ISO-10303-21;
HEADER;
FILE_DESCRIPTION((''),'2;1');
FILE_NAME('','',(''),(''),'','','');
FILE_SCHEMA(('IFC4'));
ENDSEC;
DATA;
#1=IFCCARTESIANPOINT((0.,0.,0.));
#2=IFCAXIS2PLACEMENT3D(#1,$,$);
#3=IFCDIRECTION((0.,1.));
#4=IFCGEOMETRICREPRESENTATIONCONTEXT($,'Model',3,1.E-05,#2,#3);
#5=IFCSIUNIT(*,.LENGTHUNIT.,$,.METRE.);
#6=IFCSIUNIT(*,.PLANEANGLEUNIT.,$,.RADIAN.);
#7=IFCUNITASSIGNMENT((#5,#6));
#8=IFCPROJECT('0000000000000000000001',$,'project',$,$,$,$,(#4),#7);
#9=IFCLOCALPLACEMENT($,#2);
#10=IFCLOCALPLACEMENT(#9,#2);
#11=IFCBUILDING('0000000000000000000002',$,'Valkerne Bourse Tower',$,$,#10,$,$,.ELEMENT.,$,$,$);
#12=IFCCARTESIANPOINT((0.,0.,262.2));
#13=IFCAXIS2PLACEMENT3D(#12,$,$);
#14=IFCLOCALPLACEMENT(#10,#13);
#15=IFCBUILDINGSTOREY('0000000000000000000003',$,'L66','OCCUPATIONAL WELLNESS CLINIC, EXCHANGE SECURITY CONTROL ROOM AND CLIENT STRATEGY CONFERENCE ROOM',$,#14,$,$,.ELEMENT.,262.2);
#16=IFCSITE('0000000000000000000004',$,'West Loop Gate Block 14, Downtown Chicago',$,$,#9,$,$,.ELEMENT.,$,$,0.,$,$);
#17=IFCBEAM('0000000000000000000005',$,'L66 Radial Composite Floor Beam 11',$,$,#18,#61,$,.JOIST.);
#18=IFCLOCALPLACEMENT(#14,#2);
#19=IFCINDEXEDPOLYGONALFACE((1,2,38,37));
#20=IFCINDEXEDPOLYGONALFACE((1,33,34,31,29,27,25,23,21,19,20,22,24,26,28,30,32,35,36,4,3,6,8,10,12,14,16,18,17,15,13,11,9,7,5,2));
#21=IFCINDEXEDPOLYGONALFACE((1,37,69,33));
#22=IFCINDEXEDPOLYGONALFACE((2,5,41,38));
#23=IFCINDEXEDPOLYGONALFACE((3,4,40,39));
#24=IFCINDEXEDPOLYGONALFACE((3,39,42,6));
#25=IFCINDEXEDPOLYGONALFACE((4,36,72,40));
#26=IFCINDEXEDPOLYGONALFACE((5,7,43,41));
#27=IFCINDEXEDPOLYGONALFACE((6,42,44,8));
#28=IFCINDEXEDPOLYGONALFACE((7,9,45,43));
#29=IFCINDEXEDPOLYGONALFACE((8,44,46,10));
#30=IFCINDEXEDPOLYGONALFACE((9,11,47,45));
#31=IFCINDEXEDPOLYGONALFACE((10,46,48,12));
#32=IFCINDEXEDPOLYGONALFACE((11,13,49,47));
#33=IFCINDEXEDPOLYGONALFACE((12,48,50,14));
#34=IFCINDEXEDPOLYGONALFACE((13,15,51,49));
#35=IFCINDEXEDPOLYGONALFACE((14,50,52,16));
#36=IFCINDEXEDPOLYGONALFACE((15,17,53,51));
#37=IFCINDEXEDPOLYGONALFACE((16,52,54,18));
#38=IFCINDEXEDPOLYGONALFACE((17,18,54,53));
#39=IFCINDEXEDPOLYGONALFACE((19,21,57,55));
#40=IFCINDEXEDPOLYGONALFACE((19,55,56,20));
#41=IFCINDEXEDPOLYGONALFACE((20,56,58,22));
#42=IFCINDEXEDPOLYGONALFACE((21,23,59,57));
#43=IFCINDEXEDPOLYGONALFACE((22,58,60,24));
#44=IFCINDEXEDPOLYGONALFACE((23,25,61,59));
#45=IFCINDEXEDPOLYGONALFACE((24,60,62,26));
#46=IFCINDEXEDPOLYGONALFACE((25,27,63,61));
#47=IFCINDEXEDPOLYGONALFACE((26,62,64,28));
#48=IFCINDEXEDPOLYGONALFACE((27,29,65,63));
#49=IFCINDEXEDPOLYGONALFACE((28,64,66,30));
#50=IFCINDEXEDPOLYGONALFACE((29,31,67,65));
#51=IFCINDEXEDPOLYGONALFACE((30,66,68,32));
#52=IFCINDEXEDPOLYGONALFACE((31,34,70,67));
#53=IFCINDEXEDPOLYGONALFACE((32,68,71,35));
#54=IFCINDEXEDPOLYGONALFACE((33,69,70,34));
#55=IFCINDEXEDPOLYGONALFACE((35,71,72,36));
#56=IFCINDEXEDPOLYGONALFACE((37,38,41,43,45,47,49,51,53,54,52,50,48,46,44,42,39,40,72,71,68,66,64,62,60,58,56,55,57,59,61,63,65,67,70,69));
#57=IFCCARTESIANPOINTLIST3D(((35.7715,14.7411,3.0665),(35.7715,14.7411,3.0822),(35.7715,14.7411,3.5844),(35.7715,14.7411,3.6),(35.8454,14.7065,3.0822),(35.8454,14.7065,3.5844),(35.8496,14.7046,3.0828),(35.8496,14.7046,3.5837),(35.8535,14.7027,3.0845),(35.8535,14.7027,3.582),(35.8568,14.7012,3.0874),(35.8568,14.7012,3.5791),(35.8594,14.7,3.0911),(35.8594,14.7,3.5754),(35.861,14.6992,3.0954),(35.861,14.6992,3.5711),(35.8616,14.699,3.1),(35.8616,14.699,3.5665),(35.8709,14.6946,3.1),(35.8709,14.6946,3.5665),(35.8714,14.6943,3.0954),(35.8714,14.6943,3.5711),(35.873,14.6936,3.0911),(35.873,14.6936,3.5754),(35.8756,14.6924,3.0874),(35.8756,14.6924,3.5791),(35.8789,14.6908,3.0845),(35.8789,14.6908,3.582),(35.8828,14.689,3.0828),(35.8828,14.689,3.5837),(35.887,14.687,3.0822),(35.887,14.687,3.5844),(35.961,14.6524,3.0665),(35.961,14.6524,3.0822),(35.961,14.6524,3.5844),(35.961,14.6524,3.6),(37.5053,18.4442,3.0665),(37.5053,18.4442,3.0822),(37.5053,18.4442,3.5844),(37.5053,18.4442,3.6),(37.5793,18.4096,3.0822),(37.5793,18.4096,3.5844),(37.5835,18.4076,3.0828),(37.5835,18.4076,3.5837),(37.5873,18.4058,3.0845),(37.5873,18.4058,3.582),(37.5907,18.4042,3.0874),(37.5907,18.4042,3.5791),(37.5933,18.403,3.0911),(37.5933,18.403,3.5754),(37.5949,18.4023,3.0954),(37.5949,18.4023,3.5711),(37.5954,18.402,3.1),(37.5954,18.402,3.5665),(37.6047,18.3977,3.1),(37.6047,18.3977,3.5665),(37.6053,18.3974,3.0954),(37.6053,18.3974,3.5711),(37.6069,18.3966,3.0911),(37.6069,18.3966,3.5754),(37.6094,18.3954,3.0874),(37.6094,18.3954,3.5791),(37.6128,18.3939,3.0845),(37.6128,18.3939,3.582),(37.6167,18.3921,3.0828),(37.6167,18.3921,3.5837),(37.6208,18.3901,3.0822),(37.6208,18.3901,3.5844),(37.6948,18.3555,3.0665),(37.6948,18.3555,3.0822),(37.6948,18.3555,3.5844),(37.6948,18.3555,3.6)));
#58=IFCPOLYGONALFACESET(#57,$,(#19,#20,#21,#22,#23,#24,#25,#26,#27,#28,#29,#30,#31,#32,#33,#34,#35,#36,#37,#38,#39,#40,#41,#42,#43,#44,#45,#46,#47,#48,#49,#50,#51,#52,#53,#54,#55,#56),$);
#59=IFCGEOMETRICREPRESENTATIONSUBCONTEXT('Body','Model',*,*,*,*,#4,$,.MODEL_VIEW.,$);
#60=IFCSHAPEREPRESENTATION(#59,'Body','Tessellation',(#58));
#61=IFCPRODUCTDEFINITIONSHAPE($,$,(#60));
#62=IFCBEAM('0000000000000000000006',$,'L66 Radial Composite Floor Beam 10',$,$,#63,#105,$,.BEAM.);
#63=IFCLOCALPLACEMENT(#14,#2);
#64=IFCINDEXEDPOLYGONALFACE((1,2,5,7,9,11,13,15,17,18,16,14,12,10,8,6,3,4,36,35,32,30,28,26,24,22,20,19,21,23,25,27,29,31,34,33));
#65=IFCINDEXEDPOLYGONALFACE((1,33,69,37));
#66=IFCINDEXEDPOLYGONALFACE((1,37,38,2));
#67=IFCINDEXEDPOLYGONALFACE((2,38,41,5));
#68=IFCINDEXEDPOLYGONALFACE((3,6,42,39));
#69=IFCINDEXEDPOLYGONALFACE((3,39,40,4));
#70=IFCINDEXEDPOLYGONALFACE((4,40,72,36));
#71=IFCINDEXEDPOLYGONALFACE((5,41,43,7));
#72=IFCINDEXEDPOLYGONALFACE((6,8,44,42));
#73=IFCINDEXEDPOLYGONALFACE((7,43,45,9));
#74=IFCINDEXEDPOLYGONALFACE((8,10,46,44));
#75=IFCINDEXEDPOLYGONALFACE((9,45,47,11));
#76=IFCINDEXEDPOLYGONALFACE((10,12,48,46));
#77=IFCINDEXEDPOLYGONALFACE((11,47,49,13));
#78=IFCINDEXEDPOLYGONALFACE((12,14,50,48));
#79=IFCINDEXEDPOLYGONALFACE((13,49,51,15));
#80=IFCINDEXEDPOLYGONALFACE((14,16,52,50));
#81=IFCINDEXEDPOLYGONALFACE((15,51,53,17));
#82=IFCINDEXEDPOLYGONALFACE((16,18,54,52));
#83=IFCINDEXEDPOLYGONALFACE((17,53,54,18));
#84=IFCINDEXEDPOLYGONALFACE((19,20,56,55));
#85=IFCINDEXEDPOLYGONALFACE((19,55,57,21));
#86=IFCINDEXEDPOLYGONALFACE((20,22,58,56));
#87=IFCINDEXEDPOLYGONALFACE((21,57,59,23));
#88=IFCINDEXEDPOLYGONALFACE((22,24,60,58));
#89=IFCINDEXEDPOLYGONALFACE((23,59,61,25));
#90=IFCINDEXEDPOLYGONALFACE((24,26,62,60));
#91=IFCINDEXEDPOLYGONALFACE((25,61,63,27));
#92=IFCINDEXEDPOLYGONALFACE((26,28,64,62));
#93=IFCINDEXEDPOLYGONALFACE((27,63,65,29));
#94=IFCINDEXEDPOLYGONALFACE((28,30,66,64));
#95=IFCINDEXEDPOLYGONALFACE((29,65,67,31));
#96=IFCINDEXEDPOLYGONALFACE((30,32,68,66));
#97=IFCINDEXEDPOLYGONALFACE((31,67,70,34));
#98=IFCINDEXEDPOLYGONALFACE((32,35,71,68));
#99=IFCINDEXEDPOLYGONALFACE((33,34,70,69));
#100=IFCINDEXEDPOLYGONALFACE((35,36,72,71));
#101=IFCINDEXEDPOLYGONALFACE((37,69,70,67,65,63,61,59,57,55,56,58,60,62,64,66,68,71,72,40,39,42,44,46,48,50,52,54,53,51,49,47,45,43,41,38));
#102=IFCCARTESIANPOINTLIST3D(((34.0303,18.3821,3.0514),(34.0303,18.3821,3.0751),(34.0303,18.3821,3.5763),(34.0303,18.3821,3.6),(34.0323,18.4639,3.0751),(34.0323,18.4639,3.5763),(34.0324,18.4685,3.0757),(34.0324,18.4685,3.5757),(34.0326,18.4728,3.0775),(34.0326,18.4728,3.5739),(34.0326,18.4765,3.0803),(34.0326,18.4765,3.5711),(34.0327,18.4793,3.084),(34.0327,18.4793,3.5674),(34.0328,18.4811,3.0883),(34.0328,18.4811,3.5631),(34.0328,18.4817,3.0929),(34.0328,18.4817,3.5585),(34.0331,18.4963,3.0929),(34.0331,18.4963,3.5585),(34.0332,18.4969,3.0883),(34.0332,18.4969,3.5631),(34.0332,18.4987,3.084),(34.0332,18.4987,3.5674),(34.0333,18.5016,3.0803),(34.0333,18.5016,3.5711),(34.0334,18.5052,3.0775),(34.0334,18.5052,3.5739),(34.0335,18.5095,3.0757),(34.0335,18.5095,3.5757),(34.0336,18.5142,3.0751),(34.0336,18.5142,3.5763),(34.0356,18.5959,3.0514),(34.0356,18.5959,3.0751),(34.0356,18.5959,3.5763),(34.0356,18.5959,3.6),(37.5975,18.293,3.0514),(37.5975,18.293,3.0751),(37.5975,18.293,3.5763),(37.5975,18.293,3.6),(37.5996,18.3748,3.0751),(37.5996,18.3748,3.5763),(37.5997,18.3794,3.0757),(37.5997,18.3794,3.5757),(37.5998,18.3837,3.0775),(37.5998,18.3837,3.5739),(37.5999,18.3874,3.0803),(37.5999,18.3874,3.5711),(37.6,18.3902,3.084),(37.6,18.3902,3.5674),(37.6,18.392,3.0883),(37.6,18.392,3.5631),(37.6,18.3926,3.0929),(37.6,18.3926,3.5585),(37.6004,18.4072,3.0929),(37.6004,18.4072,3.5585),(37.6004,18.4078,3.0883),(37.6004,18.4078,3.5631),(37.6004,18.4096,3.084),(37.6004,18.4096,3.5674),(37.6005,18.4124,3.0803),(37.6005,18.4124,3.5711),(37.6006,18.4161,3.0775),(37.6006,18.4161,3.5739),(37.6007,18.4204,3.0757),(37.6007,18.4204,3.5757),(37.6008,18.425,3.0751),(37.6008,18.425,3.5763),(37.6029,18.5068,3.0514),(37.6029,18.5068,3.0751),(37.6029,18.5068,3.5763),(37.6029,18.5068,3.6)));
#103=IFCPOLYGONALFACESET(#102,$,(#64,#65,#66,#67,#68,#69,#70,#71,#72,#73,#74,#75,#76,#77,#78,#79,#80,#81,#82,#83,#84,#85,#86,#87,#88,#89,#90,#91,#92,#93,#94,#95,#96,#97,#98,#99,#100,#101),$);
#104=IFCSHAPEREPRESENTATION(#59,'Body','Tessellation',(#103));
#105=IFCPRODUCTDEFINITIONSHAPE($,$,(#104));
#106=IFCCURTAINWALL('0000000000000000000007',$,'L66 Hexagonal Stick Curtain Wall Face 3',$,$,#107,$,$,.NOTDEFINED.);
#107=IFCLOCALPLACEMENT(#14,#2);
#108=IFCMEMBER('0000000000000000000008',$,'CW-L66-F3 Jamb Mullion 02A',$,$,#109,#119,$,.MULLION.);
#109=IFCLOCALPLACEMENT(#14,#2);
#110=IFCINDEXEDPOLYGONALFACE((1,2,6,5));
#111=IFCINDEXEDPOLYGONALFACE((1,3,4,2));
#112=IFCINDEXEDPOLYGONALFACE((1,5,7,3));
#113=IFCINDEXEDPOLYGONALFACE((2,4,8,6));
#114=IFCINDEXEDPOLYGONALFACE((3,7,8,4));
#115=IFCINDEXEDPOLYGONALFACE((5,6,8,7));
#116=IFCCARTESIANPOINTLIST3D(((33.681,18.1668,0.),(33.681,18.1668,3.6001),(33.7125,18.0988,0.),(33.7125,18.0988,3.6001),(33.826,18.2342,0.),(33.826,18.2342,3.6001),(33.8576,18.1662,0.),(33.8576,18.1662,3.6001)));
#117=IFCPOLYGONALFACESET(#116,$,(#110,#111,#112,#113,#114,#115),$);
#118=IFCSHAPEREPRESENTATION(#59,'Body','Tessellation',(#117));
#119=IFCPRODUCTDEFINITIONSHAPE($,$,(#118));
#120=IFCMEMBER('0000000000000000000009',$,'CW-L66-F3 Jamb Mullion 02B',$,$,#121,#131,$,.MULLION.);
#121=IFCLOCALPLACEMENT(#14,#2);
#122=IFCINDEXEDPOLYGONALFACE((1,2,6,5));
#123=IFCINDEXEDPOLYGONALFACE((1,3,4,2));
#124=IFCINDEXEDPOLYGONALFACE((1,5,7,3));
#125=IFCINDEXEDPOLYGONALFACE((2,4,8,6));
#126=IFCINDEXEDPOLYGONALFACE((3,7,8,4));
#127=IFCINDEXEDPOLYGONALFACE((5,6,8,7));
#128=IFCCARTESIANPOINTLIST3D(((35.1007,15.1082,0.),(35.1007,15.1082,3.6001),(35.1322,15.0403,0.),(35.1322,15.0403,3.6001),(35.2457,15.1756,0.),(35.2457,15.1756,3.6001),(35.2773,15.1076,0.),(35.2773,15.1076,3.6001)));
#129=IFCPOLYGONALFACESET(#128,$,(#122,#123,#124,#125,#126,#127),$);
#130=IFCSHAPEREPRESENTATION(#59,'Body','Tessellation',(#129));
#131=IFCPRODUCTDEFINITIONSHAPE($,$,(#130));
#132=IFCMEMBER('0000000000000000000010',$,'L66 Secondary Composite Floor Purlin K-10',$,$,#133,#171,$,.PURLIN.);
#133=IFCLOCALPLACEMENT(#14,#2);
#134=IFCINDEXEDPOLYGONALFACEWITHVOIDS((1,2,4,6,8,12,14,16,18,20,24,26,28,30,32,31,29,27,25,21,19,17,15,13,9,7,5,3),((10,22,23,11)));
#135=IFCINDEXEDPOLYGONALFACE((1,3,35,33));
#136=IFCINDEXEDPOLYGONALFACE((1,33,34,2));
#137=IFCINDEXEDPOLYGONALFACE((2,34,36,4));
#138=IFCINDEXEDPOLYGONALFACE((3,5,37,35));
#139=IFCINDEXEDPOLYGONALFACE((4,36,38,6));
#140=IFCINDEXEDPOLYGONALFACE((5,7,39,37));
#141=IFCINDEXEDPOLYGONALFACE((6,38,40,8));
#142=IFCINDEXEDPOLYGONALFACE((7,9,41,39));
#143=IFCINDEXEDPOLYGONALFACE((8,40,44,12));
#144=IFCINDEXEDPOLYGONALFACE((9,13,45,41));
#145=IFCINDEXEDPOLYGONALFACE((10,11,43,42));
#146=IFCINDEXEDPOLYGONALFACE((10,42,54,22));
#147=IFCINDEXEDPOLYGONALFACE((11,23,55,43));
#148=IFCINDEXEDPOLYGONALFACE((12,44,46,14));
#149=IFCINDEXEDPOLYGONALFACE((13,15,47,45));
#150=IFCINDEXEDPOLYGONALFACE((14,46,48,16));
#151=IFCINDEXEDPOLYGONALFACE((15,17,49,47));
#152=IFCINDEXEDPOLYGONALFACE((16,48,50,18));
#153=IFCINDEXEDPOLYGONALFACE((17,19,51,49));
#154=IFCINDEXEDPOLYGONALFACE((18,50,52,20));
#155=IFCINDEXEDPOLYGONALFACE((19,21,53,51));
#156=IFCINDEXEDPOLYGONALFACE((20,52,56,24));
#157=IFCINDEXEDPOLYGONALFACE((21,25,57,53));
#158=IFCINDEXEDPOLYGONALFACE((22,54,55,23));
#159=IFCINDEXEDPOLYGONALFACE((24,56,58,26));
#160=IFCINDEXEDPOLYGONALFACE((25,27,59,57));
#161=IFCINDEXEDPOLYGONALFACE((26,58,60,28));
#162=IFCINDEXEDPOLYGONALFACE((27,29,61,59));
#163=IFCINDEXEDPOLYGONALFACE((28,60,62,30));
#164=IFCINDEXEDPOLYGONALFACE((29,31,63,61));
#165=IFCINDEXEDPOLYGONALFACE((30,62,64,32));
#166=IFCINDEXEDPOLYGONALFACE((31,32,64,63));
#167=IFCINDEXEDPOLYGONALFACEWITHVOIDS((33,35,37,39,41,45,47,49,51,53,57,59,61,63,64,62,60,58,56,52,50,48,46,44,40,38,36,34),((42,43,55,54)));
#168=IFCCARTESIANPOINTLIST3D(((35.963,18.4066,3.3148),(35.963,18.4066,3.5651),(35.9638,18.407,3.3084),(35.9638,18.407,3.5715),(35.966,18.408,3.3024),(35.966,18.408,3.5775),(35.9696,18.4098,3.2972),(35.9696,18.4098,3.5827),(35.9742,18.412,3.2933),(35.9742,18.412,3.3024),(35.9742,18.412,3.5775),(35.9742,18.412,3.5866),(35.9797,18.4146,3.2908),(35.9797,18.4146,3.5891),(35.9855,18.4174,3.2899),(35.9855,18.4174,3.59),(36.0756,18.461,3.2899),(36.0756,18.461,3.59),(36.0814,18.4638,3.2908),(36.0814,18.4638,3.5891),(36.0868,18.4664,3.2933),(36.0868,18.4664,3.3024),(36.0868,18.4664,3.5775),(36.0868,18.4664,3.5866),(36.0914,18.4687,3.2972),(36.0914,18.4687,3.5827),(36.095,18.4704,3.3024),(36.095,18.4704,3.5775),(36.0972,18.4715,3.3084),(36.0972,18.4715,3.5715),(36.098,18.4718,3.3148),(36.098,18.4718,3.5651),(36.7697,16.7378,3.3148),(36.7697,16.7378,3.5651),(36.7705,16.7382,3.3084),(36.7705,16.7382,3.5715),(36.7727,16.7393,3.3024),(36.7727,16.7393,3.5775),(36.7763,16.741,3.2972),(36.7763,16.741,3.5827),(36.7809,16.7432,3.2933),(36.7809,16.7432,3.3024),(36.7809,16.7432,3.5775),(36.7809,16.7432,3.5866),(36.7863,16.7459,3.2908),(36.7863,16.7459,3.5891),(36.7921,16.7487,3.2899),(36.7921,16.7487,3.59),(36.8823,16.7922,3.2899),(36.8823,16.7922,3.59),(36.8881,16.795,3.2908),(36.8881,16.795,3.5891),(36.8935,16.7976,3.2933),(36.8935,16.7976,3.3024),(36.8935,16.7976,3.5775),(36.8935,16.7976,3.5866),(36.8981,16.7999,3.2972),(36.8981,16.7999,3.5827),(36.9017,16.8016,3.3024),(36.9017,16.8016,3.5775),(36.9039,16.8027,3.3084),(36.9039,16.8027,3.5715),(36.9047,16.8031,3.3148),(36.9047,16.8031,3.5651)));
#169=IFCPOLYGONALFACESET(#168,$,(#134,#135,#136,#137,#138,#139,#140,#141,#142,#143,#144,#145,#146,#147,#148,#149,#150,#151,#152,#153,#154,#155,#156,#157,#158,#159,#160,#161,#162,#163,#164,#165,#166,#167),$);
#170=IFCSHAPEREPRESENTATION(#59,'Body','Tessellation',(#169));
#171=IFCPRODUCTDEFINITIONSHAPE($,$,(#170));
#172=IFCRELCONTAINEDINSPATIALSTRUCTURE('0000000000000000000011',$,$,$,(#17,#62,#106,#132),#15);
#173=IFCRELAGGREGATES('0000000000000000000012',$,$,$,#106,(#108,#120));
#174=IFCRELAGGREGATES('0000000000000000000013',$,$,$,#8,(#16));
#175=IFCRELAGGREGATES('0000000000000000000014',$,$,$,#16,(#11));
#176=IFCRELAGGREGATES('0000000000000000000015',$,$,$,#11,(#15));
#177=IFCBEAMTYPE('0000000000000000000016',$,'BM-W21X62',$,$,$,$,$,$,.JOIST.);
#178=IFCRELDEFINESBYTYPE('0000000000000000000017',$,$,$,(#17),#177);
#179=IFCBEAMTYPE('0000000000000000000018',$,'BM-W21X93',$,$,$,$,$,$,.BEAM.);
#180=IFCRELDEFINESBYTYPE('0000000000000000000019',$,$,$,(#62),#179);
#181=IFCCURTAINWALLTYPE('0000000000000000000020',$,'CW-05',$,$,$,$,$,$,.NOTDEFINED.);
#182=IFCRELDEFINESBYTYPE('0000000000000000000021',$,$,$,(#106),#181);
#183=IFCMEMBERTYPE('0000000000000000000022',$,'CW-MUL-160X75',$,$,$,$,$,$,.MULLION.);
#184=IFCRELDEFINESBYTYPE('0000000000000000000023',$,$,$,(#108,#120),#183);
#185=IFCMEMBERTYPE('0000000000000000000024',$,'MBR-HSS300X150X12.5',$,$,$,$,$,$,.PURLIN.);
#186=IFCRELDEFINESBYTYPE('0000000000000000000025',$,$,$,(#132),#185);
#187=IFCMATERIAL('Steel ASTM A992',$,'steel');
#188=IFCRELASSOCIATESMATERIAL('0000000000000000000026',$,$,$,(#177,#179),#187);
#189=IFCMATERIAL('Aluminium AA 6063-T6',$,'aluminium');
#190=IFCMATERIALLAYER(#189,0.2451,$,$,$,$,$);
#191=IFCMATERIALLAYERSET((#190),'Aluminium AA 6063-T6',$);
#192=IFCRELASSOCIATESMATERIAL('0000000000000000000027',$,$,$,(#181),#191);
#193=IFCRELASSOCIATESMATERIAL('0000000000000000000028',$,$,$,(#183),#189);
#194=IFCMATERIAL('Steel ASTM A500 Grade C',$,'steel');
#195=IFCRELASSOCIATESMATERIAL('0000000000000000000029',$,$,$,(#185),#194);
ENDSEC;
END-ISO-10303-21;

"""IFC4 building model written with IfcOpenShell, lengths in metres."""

from ifc_helpers import new_model, si_unit, direction, frame, origin, origin_2d, place, context, subcontext, project, spatial, rectangle, hollow_rectangle, i_section, extrude, material, layer, layer_set, material_profile, profile_set, type_object, element, aggregate, save


model = new_model("IFC4")

# Units and contexts
model_context = context("Model", 3, precision=1e-05, world=origin(), true_north=direction((0.0, 1.0)))
body_context = subcontext(model_context, "Body", "Model", "MODEL_VIEW")
ifc_project = project(units=[si_unit("LENGTHUNIT", "METRE"), si_unit("PLANEANGLEUNIT", "RADIAN")], contexts=[model_context])

# Site, building, storey
site_placement = place(None, origin())
site = spatial("IfcSite", under=ifc_project, at=site_placement, Name="West Loop Gate Block 14, Downtown Chicago", CompositionType="ELEMENT", RefElevation=0.0)
building_placement = place(site_placement, origin())
building = spatial("IfcBuilding", under=site, at=building_placement, Name="Valkerne Bourse Tower", CompositionType="ELEMENT")
storey_placement = place(building_placement, frame((0.0, 0.0, 262.2)))
storey = spatial("IfcBuildingStorey", under=building, at=storey_placement, Name="L66", Description="OCCUPATIONAL WELLNESS CLINIC, EXCHANGE SECURITY CONTROL ROOM AND CLIENT STRATEGY CONFERENCE ROOM", CompositionType="ELEMENT", Elevation=262.2)

# Beams
ifc_material_1 = material(Name="Steel ASTM A992", Category="steel")
ifc_material_profile_1 = material_profile(ifc_material_1, i_section(OverallWidth=0.2092, OverallDepth=0.5334, WebThickness=0.0103, FlangeThickness=0.0156, FilletRadius=0.0178, at=origin_2d()), Name="W21X62")
ifc_profile_set_1 = profile_set([ifc_material_profile_1], Name="Steel ASTM A992")
beam_type_1 = type_object("IfcBeamType", Name="BM-W21X62", PredefinedType="JOIST", material=ifc_profile_set_1)
beam_1_placement = place(storey_placement, frame((35.8662, 14.6968, 3.3333), z_axis=(0.424042, 0.905642, 0.0), x_axis=(-0.905642, 0.424042, 0.0)))
element("IfcBeam", 1, at=beam_1_placement, inside=storey, type_object=beam_type_1, Name="L66 Radial Composite Floor Beam 11", PredefinedType="JOIST", context=body_context, shape_type="SweptSolid", body=[
    extrude(i_section(OverallWidth=0.2092, OverallDepth=0.5334, WebThickness=0.0103, FlangeThickness=0.0156, FilletRadius=0.0178, at=origin_2d()), origin(), (0.0, 0.0, 1.0), 4.0889),
])
ifc_material_profile_2 = material_profile(ifc_material_1, i_section(OverallWidth=0.2139, OverallDepth=0.5486, WebThickness=0.0146, FlangeThickness=0.0237, FilletRadius=0.0178, at=origin_2d()), Name="W21X93")
ifc_profile_set_2 = profile_set([ifc_material_profile_2], Name="Steel ASTM A992")
beam_type_2 = type_object("IfcBeamType", Name="BM-W21X93", PredefinedType="BEAM", material=ifc_profile_set_2)
beam_2_placement = place(storey_placement, frame((34.033, 18.489, 3.3257), z_axis=(0.999688, -0.024973, 0.0), x_axis=(0.024973, 0.999688, 0.0)))
element("IfcBeam", 2, at=beam_2_placement, inside=storey, type_object=beam_type_2, Name="L66 Radial Composite Floor Beam 10", PredefinedType="BEAM", context=body_context, shape_type="SweptSolid", body=[
    extrude(i_section(OverallWidth=0.2139, OverallDepth=0.5486, WebThickness=0.0146, FlangeThickness=0.0237, FilletRadius=0.0178, at=origin_2d()), origin(), (0.0, 0.0, 1.0), 3.5684),
])

# Curtain wall, members
ifc_material_2 = material(Name="Aluminium AA 6063-T6", Category="aluminium")
ifc_layer_1 = layer(ifc_material_2, 0.2451)
ifc_layer_set_1 = layer_set([ifc_layer_1], Name="Aluminium AA 6063-T6")
curtain_wall_type = type_object("IfcCurtainWallType", Name="CW-05", PredefinedType="NOTDEFINED", material=ifc_layer_set_1)
curtain_wall_placement = place(storey_placement, origin())
curtain_wall = element("IfcCurtainWall", 3, at=curtain_wall_placement, inside=storey, type_object=curtain_wall_type, Name="L66 Hexagonal Stick Curtain Wall Face 3", PredefinedType="NOTDEFINED")
ifc_material_profile_3 = material_profile(ifc_material_2, rectangle(XDim=0.075, YDim=0.1599, at=origin_2d()), Name="CWM-75X160")
ifc_profile_set_3 = profile_set([ifc_material_profile_3], Name="Aluminium AA 6063-T6")
member_type_1 = type_object("IfcMemberType", Name="CW-MUL-160X75", PredefinedType="MULLION", material=ifc_profile_set_3)
member_1_placement = place(storey_placement, frame((33.7693, 18.1665, 0.0), z_axis=(0.0, 0.0, 1.0), x_axis=(0.421042, -0.907041, 0.0)))
member_1 = element("IfcMember", 4, at=member_1_placement, type_object=member_type_1, Name="CW-L66-F3 Jamb Mullion 02A", PredefinedType="MULLION", context=body_context, shape_type="SweptSolid", body=[
    extrude(rectangle(XDim=0.075, YDim=0.1599, at=origin_2d()), origin(), (0.0, 0.0, 1.0), 3.6001),
])
member_2_placement = place(storey_placement, frame((35.189, 15.1079, 0.0), z_axis=(0.0, 0.0, 1.0), x_axis=(0.421042, -0.907041, 0.0)))
member_2 = element("IfcMember", 5, at=member_2_placement, type_object=member_type_1, Name="CW-L66-F3 Jamb Mullion 02B", PredefinedType="MULLION", context=body_context, shape_type="SweptSolid", body=[
    extrude(rectangle(XDim=0.075, YDim=0.1599, at=origin_2d()), origin(), (0.0, 0.0, 1.0), 3.6001),
])

# Member
ifc_material_3 = material(Name="Steel ASTM A500 Grade C", Category="steel")
ifc_material_profile_4 = material_profile(ifc_material_3, hollow_rectangle(XDim=0.1499, YDim=0.3, WallThickness=0.0125, OuterFilletRadius=0.0249, at=origin_2d()), Name="HSS300X150X12.5")
ifc_profile_set_4 = profile_set([ifc_material_profile_4], Name="Steel ASTM A500 Grade C")
member_type_2 = type_object("IfcMemberType", Name="MBR-HSS300X150X12.5", PredefinedType="PURLIN", material=ifc_profile_set_4)
member_3_placement = place(storey_placement, frame((36.0305, 18.4392, 3.4399), z_axis=(0.435213, -0.900327, 0.0), x_axis=(0.900327, 0.435213, 0.0)))
element("IfcMember", 6, at=member_3_placement, inside=storey, type_object=member_type_2, Name="L66 Secondary Composite Floor Purlin K-10", PredefinedType="PURLIN", context=body_context, shape_type="SweptSolid", body=[
    extrude(hollow_rectangle(XDim=0.1499, YDim=0.3, WallThickness=0.0125, OuterFilletRadius=0.0249, at=origin_2d()), origin(), (0.0, 0.0, 1.0), 1.8535),
])

aggregate(curtain_wall, [member_1, member_2])

save(model, "model.ifc")
